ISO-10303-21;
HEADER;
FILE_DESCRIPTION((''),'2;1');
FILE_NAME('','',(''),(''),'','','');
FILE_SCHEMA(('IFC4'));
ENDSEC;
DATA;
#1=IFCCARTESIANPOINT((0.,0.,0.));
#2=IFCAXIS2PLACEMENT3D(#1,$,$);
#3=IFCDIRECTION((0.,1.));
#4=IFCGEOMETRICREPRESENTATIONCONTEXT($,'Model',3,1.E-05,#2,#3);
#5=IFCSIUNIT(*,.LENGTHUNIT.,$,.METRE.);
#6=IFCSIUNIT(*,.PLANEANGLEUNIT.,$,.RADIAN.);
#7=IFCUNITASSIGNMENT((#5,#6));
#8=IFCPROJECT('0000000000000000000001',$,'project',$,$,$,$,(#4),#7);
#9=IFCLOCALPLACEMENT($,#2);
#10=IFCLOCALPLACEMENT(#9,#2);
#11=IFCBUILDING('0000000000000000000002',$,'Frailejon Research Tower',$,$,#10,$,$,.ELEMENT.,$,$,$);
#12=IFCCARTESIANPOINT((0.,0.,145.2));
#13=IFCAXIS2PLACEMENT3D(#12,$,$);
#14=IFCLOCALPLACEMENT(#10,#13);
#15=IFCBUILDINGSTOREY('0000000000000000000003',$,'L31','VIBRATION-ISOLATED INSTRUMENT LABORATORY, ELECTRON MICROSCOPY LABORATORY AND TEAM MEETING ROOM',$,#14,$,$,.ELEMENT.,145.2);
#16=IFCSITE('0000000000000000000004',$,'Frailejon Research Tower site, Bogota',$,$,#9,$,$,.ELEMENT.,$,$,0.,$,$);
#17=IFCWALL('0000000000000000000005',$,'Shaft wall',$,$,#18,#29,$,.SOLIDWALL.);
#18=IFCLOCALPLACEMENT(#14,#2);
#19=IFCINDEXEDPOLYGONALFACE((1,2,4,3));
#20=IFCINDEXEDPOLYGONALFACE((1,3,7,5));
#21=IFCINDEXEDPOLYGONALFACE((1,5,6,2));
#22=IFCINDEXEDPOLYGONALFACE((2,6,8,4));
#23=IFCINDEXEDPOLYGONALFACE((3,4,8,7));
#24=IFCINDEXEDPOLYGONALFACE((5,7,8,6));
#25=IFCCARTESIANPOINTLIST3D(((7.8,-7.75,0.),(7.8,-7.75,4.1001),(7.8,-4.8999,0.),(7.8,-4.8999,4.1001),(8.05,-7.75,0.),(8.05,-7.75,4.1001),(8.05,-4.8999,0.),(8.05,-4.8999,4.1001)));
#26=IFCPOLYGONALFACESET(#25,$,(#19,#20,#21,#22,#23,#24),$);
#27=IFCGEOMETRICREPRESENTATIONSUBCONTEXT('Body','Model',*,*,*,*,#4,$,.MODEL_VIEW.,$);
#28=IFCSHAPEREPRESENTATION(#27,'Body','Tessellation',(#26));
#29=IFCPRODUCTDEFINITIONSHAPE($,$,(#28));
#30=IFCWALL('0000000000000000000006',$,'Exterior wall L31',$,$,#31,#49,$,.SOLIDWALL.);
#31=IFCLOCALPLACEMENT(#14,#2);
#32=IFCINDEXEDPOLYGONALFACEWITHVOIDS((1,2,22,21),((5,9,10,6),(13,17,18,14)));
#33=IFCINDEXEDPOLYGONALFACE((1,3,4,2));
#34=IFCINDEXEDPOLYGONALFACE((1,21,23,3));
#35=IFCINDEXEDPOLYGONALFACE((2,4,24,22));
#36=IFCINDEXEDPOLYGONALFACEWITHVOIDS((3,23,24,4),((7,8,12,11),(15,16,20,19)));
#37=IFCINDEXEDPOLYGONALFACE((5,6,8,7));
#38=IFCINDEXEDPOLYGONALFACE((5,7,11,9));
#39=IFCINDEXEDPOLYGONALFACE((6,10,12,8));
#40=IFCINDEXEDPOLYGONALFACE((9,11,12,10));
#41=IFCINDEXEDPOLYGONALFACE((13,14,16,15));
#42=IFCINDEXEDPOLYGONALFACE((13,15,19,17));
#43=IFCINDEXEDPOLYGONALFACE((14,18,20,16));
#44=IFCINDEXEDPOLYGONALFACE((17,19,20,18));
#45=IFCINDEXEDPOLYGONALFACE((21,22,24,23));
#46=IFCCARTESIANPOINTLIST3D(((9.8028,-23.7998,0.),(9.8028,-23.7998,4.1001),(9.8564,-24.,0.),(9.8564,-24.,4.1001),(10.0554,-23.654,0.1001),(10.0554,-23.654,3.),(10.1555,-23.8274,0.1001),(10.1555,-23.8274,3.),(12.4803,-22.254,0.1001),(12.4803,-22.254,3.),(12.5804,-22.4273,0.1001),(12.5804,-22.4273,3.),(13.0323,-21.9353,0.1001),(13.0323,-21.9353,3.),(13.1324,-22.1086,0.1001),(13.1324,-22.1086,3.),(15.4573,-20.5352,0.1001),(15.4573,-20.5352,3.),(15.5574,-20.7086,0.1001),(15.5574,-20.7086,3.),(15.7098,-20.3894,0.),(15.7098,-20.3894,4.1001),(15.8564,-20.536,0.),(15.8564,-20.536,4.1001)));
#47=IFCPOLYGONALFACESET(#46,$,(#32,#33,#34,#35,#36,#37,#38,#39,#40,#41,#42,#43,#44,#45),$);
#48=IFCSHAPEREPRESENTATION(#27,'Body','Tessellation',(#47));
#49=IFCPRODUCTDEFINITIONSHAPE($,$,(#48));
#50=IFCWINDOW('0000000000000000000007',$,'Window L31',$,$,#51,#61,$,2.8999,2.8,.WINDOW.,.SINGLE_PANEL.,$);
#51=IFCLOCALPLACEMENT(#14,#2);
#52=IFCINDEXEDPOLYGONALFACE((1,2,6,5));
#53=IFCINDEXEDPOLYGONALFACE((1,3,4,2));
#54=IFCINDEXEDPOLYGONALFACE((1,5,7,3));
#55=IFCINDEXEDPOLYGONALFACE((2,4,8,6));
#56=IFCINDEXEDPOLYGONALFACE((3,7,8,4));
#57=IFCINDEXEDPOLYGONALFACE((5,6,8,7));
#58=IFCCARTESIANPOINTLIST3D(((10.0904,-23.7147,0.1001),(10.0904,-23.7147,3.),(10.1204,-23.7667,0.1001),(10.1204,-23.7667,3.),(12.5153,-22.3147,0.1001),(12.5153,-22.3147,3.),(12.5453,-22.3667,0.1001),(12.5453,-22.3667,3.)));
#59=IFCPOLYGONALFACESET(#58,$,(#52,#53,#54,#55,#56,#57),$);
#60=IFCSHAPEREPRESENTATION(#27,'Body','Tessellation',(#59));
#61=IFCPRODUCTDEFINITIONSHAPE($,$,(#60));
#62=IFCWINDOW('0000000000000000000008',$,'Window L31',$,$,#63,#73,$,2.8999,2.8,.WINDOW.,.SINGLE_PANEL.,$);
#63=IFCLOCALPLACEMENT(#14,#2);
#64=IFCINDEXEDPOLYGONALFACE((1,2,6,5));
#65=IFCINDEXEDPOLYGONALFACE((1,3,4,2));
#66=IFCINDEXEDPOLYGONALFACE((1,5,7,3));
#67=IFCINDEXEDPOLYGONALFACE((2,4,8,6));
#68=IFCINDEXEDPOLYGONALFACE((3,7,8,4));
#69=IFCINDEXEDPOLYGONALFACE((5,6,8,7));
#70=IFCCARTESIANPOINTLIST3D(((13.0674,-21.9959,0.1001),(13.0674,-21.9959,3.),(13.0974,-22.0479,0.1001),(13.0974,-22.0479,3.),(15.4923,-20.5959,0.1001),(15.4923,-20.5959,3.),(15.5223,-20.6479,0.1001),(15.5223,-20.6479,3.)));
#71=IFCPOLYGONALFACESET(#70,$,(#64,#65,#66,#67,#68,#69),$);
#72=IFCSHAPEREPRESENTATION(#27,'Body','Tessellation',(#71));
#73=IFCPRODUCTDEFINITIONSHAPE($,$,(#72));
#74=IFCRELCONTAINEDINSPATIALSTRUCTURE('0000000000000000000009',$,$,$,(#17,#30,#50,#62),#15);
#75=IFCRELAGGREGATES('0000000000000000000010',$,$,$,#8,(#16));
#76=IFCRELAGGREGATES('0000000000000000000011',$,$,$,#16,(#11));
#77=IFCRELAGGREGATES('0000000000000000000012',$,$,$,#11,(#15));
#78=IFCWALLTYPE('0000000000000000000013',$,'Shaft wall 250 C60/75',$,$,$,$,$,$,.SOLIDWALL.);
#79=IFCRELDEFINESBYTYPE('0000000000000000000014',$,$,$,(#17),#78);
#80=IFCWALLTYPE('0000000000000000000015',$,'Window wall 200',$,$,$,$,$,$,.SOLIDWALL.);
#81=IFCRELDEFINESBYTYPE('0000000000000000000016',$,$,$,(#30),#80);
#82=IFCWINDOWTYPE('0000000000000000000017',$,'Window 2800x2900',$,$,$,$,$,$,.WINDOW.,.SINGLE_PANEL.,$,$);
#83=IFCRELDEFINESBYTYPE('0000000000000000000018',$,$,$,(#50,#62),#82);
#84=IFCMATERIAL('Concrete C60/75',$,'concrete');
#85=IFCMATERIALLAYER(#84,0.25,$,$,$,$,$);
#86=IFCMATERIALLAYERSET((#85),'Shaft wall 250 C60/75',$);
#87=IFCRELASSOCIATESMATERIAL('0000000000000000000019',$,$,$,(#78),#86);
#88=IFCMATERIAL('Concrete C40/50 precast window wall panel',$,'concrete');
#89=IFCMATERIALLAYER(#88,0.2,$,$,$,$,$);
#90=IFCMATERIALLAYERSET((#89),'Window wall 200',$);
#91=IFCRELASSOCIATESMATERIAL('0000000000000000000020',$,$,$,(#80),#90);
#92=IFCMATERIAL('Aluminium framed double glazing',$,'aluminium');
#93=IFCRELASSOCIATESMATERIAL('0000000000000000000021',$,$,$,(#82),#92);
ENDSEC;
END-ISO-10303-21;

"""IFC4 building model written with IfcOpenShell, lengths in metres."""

from ifc_helpers import new_model, si_unit, direction, frame, frame_2d, origin, place, context, subcontext, project, spatial, polyline, rectangle, outline, extrude, material, layer, layer_set, type_object, element, fill, save


model = new_model("IFC4")

# Units and contexts
model_context = context("Model", 3, precision=1e-05, world=origin(), true_north=direction((0.0, 1.0)))
body_context = subcontext(model_context, "Body", "Model", "MODEL_VIEW")
ifc_project = project(units=[si_unit("LENGTHUNIT", "METRE"), si_unit("PLANEANGLEUNIT", "RADIAN")], contexts=[model_context])

# Site, building, storey
site_placement = place(None, origin())
site = spatial("IfcSite", under=ifc_project, at=site_placement, Name="Frailejon Research Tower site, Bogota", CompositionType="ELEMENT", RefElevation=0.0)
building_placement = place(site_placement, origin())
building = spatial("IfcBuilding", under=site, at=building_placement, Name="Frailejon Research Tower", CompositionType="ELEMENT")
storey_placement = place(building_placement, frame((0.0, 0.0, 145.2)))
storey = spatial("IfcBuildingStorey", under=building, at=storey_placement, Name="L31", Description="VIBRATION-ISOLATED INSTRUMENT LABORATORY, ELECTRON MICROSCOPY LABORATORY AND TEAM MEETING ROOM", CompositionType="ELEMENT", Elevation=145.2)

# Shared definitions
ifc_material_1 = material(Name="Concrete C60/75", Category="concrete")
ifc_layer_1 = layer(ifc_material_1, 0.25)
ifc_layer_set_1 = layer_set([ifc_layer_1], Name="Shaft wall 250 C60/75")
wall_type_1 = type_object("IfcWallType", Name="Shaft wall 250 C60/75", PredefinedType="SOLIDWALL", material=ifc_layer_set_1)

# Wall
wall_1_placement = place(storey_placement, frame((7.925, -7.75, 0.0), z_axis=(0.0, 0.0, 1.0), x_axis=(0.0, 1.0, 0.0)))
element("IfcWall", 1, at=wall_1_placement, inside=storey, type_object=wall_type_1, Name="Shaft wall", PredefinedType="SOLIDWALL", context=body_context, shape_type="SweptSolid", body=[
    extrude(rectangle(XDim=2.8501, YDim=0.25, at=frame_2d((1.425, 0.0))), origin(), (0.0, 0.0, 1.0), 4.1001),
])

# Wall, openings, windows
ifc_material_2 = material(Name="Concrete C40/50 precast window wall panel", Category="concrete")
ifc_layer_2 = layer(ifc_material_2, 0.2)
ifc_layer_set_2 = layer_set([ifc_layer_2], Name="Window wall 200")
wall_type_2 = type_object("IfcWallType", Name="Window wall 200", PredefinedType="SOLIDWALL", material=ifc_layer_set_2)
wall_2_placement = place(storey_placement, frame((9.8296, -23.8999, 0.0), z_axis=(0.0, 0.0, 1.0), x_axis=(0.866029, 0.499993, 0.0)))
wall_2 = element("IfcWall", 2, at=wall_2_placement, inside=storey, type_object=wall_type_2, Name="Exterior wall L31", PredefinedType="SOLIDWALL", context=body_context, shape_type="SweptSolid", body=[
    extrude(outline(polyline([(-0.0269, -0.1001), (1.1279, -0.1001), (2.2825, -0.1001), (3.4373, -0.1001), (4.592, -0.1001), (5.7466, -0.1001), (6.9014, -0.1001), (6.8477, 0.1001), (5.7109, 0.1001), (4.574, 0.1001), (3.4373, 0.1001), (2.3005, 0.1001), (1.1636, 0.1001), (0.0269, 0.1001), (-0.0269, -0.1001)])), origin(), (0.0, 0.0, 1.0), 4.1001),
])
opening_1_placement = place(wall_2_placement, frame((0.3186, 0.0, 0.1001)))
opening_1 = element("IfcOpeningElement", 3, at=opening_1_placement, cuts=wall_2, PredefinedType="OPENING", context=body_context, shape_type="SweptSolid", body=[
    extrude(rectangle(XDim=2.8, YDim=2.8999, at=frame_2d((1.3999, 1.45))), frame((0.0, 0.1099, 0.0), z_axis=(0.0, -1.0, 0.0), x_axis=(1.0, 0.0, 0.0)), (0.0, 0.0, 1.0), 0.22),
])
opening_2_placement = place(wall_2_placement, frame((3.7561, 0.0, 0.1001)))
opening_2 = element("IfcOpeningElement", 4, at=opening_2_placement, cuts=wall_2, PredefinedType="OPENING", context=body_context, shape_type="SweptSolid", body=[
    extrude(rectangle(XDim=2.8, YDim=2.8999, at=frame_2d((1.3999, 1.45))), frame((0.0, 0.1099, 0.0), z_axis=(0.0, -1.0, 0.0), x_axis=(1.0, 0.0, 0.0)), (0.0, 0.0, 1.0), 0.22),
])
ifc_material_3 = material(Name="Aluminium framed double glazing", Category="aluminium")
window_type = type_object("IfcWindowType", Name="Window 2800x2900", PartitioningType="SINGLE_PANEL", PredefinedType="WINDOW", material=ifc_material_3)
window_1_placement = place(opening_1_placement, origin())
window_1 = element("IfcWindow", 5, at=window_1_placement, inside=storey, type_object=window_type, Name="Window L31", OverallHeight=2.8999, OverallWidth=2.8, PartitioningType="SINGLE_PANEL", PredefinedType="WINDOW", context=body_context, shape_type="SweptSolid", body=[
    extrude(rectangle(XDim=2.8, YDim=2.8999, at=frame_2d((1.3999, 1.45))), frame((0.0, 0.03, 0.0), z_axis=(0.0, -1.0, 0.0), x_axis=(1.0, 0.0, 0.0)), (0.0, 0.0, 1.0), 0.0601),
])
fill(opening_1, window_1)
window_2_placement = place(opening_2_placement, origin())
window_2 = element("IfcWindow", 6, at=window_2_placement, inside=storey, type_object=window_type, Name="Window L31", OverallHeight=2.8999, OverallWidth=2.8, PartitioningType="SINGLE_PANEL", PredefinedType="WINDOW", context=body_context, shape_type="SweptSolid", body=[
    extrude(rectangle(XDim=2.8, YDim=2.8999, at=frame_2d((1.3999, 1.45))), frame((0.0, 0.03, 0.0), z_axis=(0.0, -1.0, 0.0), x_axis=(1.0, 0.0, 0.0)), (0.0, 0.0, 1.0), 0.0601),
])
fill(opening_2, window_2)

save(model, "model.ifc")
